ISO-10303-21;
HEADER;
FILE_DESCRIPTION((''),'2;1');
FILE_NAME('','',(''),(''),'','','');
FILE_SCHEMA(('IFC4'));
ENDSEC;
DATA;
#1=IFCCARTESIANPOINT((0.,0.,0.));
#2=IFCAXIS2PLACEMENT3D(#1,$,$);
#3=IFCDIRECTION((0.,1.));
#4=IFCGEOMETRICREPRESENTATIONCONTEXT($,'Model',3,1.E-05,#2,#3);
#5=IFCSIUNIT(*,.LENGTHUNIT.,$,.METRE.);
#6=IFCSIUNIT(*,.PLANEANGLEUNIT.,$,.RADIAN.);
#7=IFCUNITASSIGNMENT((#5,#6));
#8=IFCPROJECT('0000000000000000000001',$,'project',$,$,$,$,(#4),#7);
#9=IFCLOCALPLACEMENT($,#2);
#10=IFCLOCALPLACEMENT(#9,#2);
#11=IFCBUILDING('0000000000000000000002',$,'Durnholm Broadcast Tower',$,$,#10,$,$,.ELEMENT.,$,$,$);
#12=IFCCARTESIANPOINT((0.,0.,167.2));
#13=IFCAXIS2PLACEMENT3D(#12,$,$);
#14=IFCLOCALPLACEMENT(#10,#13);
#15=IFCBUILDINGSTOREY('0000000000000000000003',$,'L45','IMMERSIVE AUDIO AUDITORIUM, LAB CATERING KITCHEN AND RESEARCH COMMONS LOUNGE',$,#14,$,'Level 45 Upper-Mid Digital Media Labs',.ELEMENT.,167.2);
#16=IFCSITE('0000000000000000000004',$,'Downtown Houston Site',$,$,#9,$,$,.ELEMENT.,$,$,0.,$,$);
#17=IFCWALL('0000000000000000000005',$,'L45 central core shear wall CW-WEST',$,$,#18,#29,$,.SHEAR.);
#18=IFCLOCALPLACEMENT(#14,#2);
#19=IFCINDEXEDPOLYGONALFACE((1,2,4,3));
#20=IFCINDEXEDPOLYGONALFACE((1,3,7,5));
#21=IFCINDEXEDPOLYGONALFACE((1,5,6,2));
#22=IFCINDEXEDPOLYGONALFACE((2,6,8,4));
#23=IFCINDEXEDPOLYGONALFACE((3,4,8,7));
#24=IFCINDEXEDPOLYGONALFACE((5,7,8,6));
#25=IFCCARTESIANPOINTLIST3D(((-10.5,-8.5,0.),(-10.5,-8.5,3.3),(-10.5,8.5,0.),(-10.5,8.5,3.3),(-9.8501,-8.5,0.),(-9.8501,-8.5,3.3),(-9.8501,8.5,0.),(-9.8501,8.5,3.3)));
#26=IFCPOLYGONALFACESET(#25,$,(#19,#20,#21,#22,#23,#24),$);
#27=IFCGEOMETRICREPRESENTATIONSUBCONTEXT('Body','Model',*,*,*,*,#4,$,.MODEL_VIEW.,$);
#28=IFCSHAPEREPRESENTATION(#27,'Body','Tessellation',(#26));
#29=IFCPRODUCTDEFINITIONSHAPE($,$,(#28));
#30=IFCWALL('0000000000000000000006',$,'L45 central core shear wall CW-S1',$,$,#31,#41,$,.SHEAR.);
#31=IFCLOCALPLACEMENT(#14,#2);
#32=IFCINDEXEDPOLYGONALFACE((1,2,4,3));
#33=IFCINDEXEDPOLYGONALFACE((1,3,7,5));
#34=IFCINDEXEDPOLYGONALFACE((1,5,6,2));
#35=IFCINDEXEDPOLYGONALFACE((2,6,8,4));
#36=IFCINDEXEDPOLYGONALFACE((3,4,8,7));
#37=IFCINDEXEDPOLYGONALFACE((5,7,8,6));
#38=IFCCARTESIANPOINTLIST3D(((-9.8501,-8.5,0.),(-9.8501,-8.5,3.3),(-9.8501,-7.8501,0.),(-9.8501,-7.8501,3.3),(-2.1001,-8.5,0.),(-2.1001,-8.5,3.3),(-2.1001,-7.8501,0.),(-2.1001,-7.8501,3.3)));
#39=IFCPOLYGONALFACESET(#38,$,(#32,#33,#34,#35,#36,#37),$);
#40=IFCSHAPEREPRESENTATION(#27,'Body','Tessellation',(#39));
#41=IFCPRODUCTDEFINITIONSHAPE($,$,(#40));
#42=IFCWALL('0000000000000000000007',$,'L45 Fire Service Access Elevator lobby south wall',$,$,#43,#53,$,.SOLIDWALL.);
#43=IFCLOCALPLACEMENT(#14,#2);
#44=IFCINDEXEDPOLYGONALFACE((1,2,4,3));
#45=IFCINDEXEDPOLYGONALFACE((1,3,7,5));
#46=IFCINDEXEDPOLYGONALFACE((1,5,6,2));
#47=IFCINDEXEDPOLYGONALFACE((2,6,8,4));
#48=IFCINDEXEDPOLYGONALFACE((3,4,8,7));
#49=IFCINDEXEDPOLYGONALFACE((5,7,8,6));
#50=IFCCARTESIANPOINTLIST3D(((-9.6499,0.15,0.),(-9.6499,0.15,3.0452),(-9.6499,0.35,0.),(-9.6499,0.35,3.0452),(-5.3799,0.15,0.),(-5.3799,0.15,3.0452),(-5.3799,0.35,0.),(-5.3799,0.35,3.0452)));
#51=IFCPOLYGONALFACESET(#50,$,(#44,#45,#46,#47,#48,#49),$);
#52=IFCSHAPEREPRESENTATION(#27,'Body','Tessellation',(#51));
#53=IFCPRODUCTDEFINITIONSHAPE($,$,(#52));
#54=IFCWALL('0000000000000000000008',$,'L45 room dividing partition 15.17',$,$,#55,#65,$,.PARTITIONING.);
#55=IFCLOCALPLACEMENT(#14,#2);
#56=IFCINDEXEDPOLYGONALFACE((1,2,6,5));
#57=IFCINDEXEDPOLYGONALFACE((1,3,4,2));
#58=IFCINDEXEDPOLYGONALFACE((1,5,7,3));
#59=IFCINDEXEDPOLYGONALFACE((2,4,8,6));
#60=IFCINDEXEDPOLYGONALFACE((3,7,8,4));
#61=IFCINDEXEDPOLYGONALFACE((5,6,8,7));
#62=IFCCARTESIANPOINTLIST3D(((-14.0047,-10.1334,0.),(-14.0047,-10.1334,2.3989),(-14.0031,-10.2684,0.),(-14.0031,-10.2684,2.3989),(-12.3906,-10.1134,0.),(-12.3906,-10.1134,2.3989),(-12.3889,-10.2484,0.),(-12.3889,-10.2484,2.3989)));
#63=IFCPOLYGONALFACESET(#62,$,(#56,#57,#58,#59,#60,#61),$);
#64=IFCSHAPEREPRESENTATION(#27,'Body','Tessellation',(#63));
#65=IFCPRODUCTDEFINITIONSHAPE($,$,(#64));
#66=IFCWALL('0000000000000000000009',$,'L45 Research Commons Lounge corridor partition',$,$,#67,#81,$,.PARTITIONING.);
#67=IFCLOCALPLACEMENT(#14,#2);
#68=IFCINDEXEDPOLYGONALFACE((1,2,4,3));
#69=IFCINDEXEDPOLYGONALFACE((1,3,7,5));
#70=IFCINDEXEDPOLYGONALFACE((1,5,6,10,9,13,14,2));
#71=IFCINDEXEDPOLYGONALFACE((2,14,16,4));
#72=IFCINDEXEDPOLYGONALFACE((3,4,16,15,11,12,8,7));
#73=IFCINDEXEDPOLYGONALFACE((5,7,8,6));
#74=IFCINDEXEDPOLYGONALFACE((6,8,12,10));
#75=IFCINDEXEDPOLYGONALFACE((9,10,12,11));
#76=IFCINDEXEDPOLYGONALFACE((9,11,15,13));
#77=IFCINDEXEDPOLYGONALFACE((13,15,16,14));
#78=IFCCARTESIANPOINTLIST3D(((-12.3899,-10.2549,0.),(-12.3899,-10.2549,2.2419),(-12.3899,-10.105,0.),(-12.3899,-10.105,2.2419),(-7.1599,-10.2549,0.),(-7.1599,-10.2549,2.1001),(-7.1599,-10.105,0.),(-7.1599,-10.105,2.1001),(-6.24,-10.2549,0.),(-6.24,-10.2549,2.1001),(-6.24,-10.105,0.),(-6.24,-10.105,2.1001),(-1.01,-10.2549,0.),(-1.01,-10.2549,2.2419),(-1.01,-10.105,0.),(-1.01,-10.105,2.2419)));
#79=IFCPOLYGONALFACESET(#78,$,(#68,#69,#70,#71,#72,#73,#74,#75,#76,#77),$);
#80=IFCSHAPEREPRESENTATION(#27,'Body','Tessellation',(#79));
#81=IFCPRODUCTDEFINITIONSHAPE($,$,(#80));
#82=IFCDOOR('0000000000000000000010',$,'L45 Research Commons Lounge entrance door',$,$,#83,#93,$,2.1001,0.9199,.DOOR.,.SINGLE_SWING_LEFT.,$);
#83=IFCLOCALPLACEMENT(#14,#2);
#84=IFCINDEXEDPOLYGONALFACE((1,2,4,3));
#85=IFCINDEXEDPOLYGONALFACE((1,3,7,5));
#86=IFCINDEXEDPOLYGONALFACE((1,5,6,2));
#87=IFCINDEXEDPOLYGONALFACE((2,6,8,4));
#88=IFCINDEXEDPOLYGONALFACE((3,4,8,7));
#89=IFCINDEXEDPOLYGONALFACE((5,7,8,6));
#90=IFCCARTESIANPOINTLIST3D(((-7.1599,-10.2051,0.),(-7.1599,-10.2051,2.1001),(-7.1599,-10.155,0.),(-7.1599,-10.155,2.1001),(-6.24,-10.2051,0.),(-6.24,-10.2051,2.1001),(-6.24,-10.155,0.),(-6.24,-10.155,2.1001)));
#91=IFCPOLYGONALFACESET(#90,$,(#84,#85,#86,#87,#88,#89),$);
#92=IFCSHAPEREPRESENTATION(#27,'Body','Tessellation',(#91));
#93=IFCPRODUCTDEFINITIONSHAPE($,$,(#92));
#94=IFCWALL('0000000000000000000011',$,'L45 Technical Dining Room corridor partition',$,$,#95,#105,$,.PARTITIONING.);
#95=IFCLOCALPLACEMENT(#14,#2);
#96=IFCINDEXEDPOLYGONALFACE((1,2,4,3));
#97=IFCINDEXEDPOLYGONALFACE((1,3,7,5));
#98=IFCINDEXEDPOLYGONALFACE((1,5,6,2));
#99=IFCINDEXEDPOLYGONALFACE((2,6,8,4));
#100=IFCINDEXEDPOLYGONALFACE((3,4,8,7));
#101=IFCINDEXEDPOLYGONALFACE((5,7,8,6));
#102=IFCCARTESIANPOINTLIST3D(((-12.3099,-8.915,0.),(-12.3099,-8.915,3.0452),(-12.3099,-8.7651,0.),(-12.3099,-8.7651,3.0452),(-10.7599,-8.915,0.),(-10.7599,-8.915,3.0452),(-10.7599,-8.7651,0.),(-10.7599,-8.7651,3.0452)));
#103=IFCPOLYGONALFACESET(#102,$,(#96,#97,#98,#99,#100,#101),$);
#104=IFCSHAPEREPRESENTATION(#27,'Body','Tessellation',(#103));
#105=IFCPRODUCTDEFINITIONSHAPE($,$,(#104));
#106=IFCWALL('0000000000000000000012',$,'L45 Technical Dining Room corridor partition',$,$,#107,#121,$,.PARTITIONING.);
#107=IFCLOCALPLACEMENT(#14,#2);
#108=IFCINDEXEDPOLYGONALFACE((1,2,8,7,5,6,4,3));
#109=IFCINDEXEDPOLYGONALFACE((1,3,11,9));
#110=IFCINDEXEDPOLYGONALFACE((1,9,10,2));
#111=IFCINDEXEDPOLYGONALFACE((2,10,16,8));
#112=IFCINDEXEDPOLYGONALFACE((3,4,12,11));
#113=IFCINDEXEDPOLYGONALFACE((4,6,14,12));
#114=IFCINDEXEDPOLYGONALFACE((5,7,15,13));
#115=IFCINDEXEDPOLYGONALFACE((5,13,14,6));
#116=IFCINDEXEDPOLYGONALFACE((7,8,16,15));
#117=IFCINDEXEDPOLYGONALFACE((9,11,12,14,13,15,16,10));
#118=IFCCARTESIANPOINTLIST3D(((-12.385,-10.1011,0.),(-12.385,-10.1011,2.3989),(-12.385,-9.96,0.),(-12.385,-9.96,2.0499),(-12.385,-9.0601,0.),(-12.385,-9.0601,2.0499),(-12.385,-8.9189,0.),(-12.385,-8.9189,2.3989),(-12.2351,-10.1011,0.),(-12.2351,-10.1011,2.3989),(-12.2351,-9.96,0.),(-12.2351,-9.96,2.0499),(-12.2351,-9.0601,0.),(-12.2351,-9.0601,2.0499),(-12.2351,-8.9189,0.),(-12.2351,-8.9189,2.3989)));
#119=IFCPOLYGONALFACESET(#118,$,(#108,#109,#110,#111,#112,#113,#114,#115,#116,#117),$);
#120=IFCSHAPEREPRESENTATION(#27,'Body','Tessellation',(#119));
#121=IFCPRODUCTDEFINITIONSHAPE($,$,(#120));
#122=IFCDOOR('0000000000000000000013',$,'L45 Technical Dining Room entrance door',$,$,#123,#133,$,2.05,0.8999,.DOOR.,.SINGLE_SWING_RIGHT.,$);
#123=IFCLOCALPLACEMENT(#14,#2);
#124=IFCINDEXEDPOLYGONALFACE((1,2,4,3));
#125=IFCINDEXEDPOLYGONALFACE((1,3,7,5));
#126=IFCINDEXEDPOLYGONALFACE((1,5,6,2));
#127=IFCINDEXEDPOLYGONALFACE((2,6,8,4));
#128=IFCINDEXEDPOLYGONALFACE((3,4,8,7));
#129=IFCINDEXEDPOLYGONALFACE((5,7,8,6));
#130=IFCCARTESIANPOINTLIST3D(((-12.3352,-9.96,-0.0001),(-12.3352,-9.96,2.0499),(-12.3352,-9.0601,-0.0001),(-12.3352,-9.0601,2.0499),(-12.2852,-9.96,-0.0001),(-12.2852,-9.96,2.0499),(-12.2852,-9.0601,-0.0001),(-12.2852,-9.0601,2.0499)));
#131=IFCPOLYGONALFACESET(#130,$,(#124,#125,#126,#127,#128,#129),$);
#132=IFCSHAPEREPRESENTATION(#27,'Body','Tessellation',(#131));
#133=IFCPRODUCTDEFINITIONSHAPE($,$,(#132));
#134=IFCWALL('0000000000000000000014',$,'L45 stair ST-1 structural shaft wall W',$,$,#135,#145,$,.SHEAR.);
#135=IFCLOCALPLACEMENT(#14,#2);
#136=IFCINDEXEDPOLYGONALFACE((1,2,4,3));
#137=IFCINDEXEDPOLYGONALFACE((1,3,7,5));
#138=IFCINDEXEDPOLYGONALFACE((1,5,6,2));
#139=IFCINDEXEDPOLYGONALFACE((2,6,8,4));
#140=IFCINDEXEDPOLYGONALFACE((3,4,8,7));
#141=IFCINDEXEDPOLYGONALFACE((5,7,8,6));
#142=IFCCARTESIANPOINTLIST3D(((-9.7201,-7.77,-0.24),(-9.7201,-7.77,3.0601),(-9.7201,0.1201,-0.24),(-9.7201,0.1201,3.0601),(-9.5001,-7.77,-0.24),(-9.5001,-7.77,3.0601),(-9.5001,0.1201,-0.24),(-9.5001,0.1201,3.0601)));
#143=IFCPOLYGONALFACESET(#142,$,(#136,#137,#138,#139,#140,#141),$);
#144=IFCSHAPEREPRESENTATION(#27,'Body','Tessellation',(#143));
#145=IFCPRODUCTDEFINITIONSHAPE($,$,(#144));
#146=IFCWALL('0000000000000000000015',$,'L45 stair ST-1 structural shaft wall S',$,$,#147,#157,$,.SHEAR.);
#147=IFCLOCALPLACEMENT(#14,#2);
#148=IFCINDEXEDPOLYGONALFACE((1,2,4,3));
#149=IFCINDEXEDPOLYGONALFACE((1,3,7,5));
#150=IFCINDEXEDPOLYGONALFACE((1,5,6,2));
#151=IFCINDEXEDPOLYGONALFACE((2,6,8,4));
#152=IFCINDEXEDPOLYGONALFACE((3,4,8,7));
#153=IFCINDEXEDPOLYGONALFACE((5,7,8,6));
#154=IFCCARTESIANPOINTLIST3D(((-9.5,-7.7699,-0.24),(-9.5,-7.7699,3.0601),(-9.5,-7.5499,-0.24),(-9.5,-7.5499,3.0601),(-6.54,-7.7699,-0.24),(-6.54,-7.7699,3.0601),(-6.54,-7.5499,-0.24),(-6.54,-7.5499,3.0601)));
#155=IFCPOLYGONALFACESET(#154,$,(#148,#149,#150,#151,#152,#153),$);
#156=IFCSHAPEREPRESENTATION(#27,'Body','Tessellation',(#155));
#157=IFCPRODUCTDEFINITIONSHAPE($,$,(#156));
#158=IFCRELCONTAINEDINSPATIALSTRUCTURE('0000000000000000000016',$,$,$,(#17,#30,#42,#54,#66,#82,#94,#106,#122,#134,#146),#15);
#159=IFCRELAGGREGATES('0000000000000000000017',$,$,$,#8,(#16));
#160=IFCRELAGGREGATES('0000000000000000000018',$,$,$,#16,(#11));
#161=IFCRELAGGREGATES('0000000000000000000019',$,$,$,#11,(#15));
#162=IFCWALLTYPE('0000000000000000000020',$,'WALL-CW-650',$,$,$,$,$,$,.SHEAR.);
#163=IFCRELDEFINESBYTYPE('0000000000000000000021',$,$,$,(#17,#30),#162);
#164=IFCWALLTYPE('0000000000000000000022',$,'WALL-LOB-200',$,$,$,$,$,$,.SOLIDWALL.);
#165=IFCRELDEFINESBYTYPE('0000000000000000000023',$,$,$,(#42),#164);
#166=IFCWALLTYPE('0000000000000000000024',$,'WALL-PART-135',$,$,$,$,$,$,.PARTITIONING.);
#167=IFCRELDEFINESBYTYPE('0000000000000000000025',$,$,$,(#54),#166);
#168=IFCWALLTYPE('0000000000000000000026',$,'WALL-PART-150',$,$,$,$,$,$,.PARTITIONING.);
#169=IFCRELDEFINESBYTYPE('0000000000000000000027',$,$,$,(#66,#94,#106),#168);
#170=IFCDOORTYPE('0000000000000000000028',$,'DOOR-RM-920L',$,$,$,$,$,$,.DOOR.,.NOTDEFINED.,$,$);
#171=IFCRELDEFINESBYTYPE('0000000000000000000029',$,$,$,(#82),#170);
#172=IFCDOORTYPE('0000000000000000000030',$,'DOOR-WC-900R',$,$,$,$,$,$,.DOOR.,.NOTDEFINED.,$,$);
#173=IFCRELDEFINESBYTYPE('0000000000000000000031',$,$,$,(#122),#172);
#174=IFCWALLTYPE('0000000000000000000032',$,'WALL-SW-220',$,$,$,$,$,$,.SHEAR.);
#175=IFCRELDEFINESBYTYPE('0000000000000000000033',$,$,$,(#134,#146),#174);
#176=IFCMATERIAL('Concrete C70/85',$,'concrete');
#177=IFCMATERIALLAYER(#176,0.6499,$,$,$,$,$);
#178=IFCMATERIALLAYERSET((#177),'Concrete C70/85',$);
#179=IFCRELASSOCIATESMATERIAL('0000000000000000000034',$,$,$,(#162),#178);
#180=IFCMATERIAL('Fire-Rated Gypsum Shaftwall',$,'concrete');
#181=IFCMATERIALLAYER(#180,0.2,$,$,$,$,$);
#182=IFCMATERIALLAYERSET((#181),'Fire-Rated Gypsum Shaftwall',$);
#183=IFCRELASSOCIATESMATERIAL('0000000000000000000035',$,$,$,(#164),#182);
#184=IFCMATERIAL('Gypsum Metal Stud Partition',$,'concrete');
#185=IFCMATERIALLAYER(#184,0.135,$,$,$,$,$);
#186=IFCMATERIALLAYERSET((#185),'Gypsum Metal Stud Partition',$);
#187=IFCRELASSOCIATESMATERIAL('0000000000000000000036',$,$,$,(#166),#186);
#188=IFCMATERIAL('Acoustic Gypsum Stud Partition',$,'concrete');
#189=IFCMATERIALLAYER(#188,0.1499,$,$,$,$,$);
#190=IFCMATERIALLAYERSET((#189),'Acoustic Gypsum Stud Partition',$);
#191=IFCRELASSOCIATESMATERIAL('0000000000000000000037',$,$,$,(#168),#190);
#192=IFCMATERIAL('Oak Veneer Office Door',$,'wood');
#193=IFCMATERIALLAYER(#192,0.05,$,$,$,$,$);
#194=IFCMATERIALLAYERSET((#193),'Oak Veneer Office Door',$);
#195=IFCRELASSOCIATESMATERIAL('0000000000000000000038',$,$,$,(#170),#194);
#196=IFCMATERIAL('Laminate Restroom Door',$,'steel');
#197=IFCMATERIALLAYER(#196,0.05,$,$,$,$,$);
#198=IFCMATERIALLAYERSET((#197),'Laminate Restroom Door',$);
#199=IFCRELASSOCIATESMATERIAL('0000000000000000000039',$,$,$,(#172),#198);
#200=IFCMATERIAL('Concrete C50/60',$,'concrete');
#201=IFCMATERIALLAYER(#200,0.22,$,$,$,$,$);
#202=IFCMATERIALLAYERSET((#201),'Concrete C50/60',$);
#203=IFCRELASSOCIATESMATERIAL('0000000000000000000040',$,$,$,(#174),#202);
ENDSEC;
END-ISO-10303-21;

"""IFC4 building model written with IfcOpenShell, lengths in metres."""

from ifc_helpers import new_model, si_unit, direction, frame, frame_2d, origin, place, context, subcontext, project, spatial, rectangle, extrude, source, transform, mapped, material, layer, layer_set, type_object, type_shapes, element, fill, save


model = new_model("IFC4")

# Units and contexts
model_context = context("Model", 3, precision=1e-05, world=origin(), true_north=direction((0.0, 1.0)))
body_context = subcontext(model_context, "Body", "Model", "MODEL_VIEW")
ifc_project = project(units=[si_unit("LENGTHUNIT", "METRE"), si_unit("PLANEANGLEUNIT", "RADIAN")], contexts=[model_context])

# Site, building, storey
site_placement = place(None, origin())
site = spatial("IfcSite", under=ifc_project, at=site_placement, Name="Downtown Houston Site", CompositionType="ELEMENT", RefElevation=0.0)
building_placement = place(site_placement, origin())
building = spatial("IfcBuilding", under=site, at=building_placement, Name="Durnholm Broadcast Tower", CompositionType="ELEMENT")
storey_placement = place(building_placement, frame((0.0, 0.0, 167.2)))
storey = spatial("IfcBuildingStorey", under=building, at=storey_placement, Name="L45", Description="IMMERSIVE AUDIO AUDITORIUM, LAB CATERING KITCHEN AND RESEARCH COMMONS LOUNGE", LongName="Level 45 Upper-Mid Digital Media Labs", CompositionType="ELEMENT", Elevation=167.2)

# Shared definitions
ifc_material_1 = material(Name="Concrete C70/85", Category="concrete")

# Walls
ifc_layer_1 = layer(ifc_material_1, 0.6499)
ifc_layer_set_1 = layer_set([ifc_layer_1], Name="Concrete C70/85")
wall_type_1 = type_object("IfcWallType", Name="WALL-CW-650", PredefinedType="SHEAR", material=ifc_layer_set_1)
wall_1_placement = place(storey_placement, frame((-10.175, -8.5, 0.0), z_axis=(0.0, 0.0, 1.0), x_axis=(0.0, 1.0, 0.0)))
element("IfcWall", 1, at=wall_1_placement, inside=storey, type_object=wall_type_1, Name="L45 central core shear wall CW-WEST", PredefinedType="SHEAR", context=body_context, shape_type="SweptSolid", body=[
    extrude(rectangle(XDim=17.0, YDim=0.6499, at=frame_2d((8.5, 0.0))), origin(), (0.0, 0.0, 1.0), 3.3),
])
wall_2_placement = place(storey_placement, frame((-9.8501, -8.175, 0.0), z_axis=(0.0, 0.0, 1.0), x_axis=(1.0, 0.0, 0.0)))
element("IfcWall", 2, at=wall_2_placement, inside=storey, type_object=wall_type_1, Name="L45 central core shear wall CW-S1", PredefinedType="SHEAR", context=body_context, shape_type="SweptSolid", body=[
    extrude(rectangle(XDim=7.75, YDim=0.6499, at=frame_2d((3.875, 0.0))), origin(), (0.0, 0.0, 1.0), 3.3),
])
ifc_material_2 = material(Name="Fire-Rated Gypsum Shaftwall", Category="concrete")
ifc_layer_2 = layer(ifc_material_2, 0.2)
ifc_layer_set_2 = layer_set([ifc_layer_2], Name="Fire-Rated Gypsum Shaftwall")
wall_type_2 = type_object("IfcWallType", Name="WALL-LOB-200", PredefinedType="SOLIDWALL", material=ifc_layer_set_2)
wall_3_placement = place(storey_placement, frame((-9.6499, 0.25, 0.0), z_axis=(0.0, 0.0, 1.0), x_axis=(1.0, 0.0, 0.0)))
element("IfcWall", 3, at=wall_3_placement, inside=storey, type_object=wall_type_2, Name="L45 Fire Service Access Elevator lobby south wall", PredefinedType="SOLIDWALL", context=body_context, shape_type="SweptSolid", body=[
    extrude(rectangle(XDim=4.27, YDim=0.2, at=frame_2d((2.135, 0.0))), origin(), (0.0, 0.0, 1.0), 3.0452),
])
ifc_material_3 = material(Name="Gypsum Metal Stud Partition", Category="concrete")
ifc_layer_3 = layer(ifc_material_3, 0.135)
ifc_layer_set_3 = layer_set([ifc_layer_3], Name="Gypsum Metal Stud Partition")
wall_type_3 = type_object("IfcWallType", Name="WALL-PART-135", PredefinedType="PARTITIONING", material=ifc_layer_set_3)
wall_4_placement = place(storey_placement, frame((-14.0039, -10.2009, 0.0), z_axis=(0.0, 0.0, 1.0), x_axis=(0.999923, 0.012403, 0.0)))
element("IfcWall", 4, at=wall_4_placement, inside=storey, type_object=wall_type_3, Name="L45 room dividing partition 15.17", PredefinedType="PARTITIONING", context=body_context, shape_type="SweptSolid", body=[
    extrude(rectangle(XDim=1.6143, YDim=0.135, at=frame_2d((0.8071, 0.0))), origin(), (0.0, 0.0, 1.0), 2.3989),
])

# Wall, opening, door
ifc_material_4 = material(Name="Acoustic Gypsum Stud Partition", Category="concrete")
ifc_layer_4 = layer(ifc_material_4, 0.1499)
ifc_layer_set_4 = layer_set([ifc_layer_4], Name="Acoustic Gypsum Stud Partition")
wall_type_4 = type_object("IfcWallType", Name="WALL-PART-150", PredefinedType="PARTITIONING", material=ifc_layer_set_4)
wall_5_placement = place(storey_placement, frame((-12.3899, -10.1799, 0.0), z_axis=(0.0, 0.0, 1.0), x_axis=(1.0, 0.0, 0.0)))
wall_5 = element("IfcWall", 5, at=wall_5_placement, inside=storey, type_object=wall_type_4, Name="L45 Research Commons Lounge corridor partition", PredefinedType="PARTITIONING", context=body_context, shape_type="SweptSolid", body=[
    extrude(rectangle(XDim=11.3799, YDim=0.1499, at=frame_2d((5.6899, 0.0))), origin(), (0.0, 0.0, 1.0), 2.2419),
])
opening_1_placement = place(wall_5_placement, frame((5.23, 0.0, 0.0)))
opening_1 = element("IfcOpeningElement", 6, at=opening_1_placement, cuts=wall_5, PredefinedType="OPENING", context=body_context, shape_type="SweptSolid", body=[
    extrude(rectangle(XDim=0.9199, YDim=2.1001, at=frame_2d((0.46, 1.05))), frame((0.0, 0.085, 0.0), z_axis=(0.0, -1.0, 0.0), x_axis=(1.0, 0.0, 0.0)), (0.0, 0.0, 1.0), 0.1699),
])
ifc_material_5 = material(Name="Oak Veneer Office Door", Category="wood")
ifc_layer_5 = layer(ifc_material_5, 0.05)
ifc_layer_set_5 = layer_set([ifc_layer_5], Name="Oak Veneer Office Door")
door_type_1 = type_object("IfcDoorType", Name="DOOR-RM-920L", OperationType="NOTDEFINED", PredefinedType="DOOR", material=ifc_layer_set_5)
shared_shape_1 = source(origin(), body_context, "Body", "SweptSolid", [
    extrude(rectangle(XDim=0.9199, YDim=2.1001, at=frame_2d((0.46, 1.05))), frame((0.0, 0.0249, 0.0), z_axis=(0.0, -1.0, 0.0), x_axis=(1.0, 0.0, 0.0)), (0.0, 0.0, 1.0), 0.05),
])
type_shapes(door_type_1, [shared_shape_1])
door_1_placement = place(opening_1_placement, origin())
door_1 = element("IfcDoor", 7, at=door_1_placement, inside=storey, type_object=door_type_1, Name="L45 Research Commons Lounge entrance door", OperationType="SINGLE_SWING_LEFT", OverallHeight=2.1001, OverallWidth=0.9199, PredefinedType="DOOR", context=body_context, shape_type="MappedRepresentation", body=[
    mapped(shared_shape_1, transform((0.0, 0.0, 0.0), x_axis=(1.0, 0.0, 0.0), y_axis=(0.0, 1.0, 0.0), z_axis=(0.0, 0.0, 1.0), scale=1.0)),
])
fill(opening_1, door_1)

# Wall
wall_6_placement = place(storey_placement, frame((-10.76, -8.8401, 0.0), z_axis=(0.0, 0.0, 1.0), x_axis=(-1.0, 0.0, 0.0)))
element("IfcWall", 8, at=wall_6_placement, inside=storey, type_object=wall_type_4, Name="L45 Technical Dining Room corridor partition", PredefinedType="PARTITIONING", context=body_context, shape_type="SweptSolid", body=[
    extrude(rectangle(XDim=1.55, YDim=0.1499, at=frame_2d((0.7749, 0.0))), origin(), (0.0, 0.0, 1.0), 3.0452),
])

# Wall, opening, door
wall_7_placement = place(storey_placement, frame((-12.3101, -8.9189, 0.0), z_axis=(0.0, 0.0, 1.0), x_axis=(0.0, -1.0, 0.0)))
wall_7 = element("IfcWall", 9, at=wall_7_placement, inside=storey, type_object=wall_type_4, Name="L45 Technical Dining Room corridor partition", PredefinedType="PARTITIONING", context=body_context, shape_type="SweptSolid", body=[
    extrude(rectangle(XDim=1.1821, YDim=0.1499, at=frame_2d((0.5911, 0.0))), origin(), (0.0, 0.0, 1.0), 2.3989),
])
opening_2_placement = place(wall_7_placement, frame((0.1411, 0.0, 0.0)))
opening_2 = element("IfcOpeningElement", 10, at=opening_2_placement, cuts=wall_7, PredefinedType="OPENING", context=body_context, shape_type="SweptSolid", body=[
    extrude(rectangle(XDim=0.8999, YDim=2.05, at=frame_2d((0.45, 1.0249))), frame((0.0, 0.085, 0.0), z_axis=(0.0, -1.0, 0.0), x_axis=(1.0, 0.0, 0.0)), (0.0, 0.0, 1.0), 0.1699),
])
ifc_material_6 = material(Name="Laminate Restroom Door", Category="steel")
ifc_layer_6 = layer(ifc_material_6, 0.05)
ifc_layer_set_6 = layer_set([ifc_layer_6], Name="Laminate Restroom Door")
door_type_2 = type_object("IfcDoorType", Name="DOOR-WC-900R", OperationType="NOTDEFINED", PredefinedType="DOOR", material=ifc_layer_set_6)
shared_shape_2 = source(origin(), body_context, "Body", "SweptSolid", [
    extrude(rectangle(XDim=0.8999, YDim=2.05, at=frame_2d((0.45, 1.0249))), frame((0.0, 0.0249, 0.0), z_axis=(0.0, -1.0, 0.0), x_axis=(1.0, 0.0, 0.0)), (0.0, 0.0, 1.0), 0.05),
])
type_shapes(door_type_2, [shared_shape_2])
door_2_placement = place(opening_2_placement, origin())
door_2 = element("IfcDoor", 11, at=door_2_placement, inside=storey, type_object=door_type_2, Name="L45 Technical Dining Room entrance door", OperationType="SINGLE_SWING_RIGHT", OverallHeight=2.05, OverallWidth=0.8999, PredefinedType="DOOR", context=body_context, shape_type="MappedRepresentation", body=[
    mapped(shared_shape_2, transform((0.0, 0.0, 0.0), x_axis=(1.0, 0.0, 0.0), y_axis=(0.0, 1.0, 0.0), z_axis=(0.0, 0.0, 1.0), scale=1.0)),
])
fill(opening_2, door_2)

# Walls
ifc_material_7 = material(Name="Concrete C50/60", Category="concrete")
ifc_layer_7 = layer(ifc_material_7, 0.22)
ifc_layer_set_7 = layer_set([ifc_layer_7], Name="Concrete C50/60")
wall_type_5 = type_object("IfcWallType", Name="WALL-SW-220", PredefinedType="SHEAR", material=ifc_layer_set_7)
wall_8_placement = place(storey_placement, frame((-9.6101, 0.1201, -0.24), z_axis=(0.0, 0.0, 1.0), x_axis=(0.0, -1.0, 0.0)))
element("IfcWall", 12, at=wall_8_placement, inside=storey, type_object=wall_type_5, Name="L45 stair ST-1 structural shaft wall W", PredefinedType="SHEAR", context=body_context, shape_type="SweptSolid", body=[
    extrude(rectangle(XDim=7.8901, YDim=0.22, at=frame_2d((3.9451, 0.0))), origin(), (0.0, 0.0, 1.0), 3.3),
])
wall_9_placement = place(storey_placement, frame((-9.5, -7.6599, -0.24), z_axis=(0.0, 0.0, 1.0), x_axis=(1.0, 0.0, 0.0)))
element("IfcWall", 13, at=wall_9_placement, inside=storey, type_object=wall_type_5, Name="L45 stair ST-1 structural shaft wall S", PredefinedType="SHEAR", context=body_context, shape_type="SweptSolid", body=[
    extrude(rectangle(XDim=2.96, YDim=0.22, at=frame_2d((1.48, 0.0))), origin(), (0.0, 0.0, 1.0), 3.3),
])

save(model, "model.ifc")
